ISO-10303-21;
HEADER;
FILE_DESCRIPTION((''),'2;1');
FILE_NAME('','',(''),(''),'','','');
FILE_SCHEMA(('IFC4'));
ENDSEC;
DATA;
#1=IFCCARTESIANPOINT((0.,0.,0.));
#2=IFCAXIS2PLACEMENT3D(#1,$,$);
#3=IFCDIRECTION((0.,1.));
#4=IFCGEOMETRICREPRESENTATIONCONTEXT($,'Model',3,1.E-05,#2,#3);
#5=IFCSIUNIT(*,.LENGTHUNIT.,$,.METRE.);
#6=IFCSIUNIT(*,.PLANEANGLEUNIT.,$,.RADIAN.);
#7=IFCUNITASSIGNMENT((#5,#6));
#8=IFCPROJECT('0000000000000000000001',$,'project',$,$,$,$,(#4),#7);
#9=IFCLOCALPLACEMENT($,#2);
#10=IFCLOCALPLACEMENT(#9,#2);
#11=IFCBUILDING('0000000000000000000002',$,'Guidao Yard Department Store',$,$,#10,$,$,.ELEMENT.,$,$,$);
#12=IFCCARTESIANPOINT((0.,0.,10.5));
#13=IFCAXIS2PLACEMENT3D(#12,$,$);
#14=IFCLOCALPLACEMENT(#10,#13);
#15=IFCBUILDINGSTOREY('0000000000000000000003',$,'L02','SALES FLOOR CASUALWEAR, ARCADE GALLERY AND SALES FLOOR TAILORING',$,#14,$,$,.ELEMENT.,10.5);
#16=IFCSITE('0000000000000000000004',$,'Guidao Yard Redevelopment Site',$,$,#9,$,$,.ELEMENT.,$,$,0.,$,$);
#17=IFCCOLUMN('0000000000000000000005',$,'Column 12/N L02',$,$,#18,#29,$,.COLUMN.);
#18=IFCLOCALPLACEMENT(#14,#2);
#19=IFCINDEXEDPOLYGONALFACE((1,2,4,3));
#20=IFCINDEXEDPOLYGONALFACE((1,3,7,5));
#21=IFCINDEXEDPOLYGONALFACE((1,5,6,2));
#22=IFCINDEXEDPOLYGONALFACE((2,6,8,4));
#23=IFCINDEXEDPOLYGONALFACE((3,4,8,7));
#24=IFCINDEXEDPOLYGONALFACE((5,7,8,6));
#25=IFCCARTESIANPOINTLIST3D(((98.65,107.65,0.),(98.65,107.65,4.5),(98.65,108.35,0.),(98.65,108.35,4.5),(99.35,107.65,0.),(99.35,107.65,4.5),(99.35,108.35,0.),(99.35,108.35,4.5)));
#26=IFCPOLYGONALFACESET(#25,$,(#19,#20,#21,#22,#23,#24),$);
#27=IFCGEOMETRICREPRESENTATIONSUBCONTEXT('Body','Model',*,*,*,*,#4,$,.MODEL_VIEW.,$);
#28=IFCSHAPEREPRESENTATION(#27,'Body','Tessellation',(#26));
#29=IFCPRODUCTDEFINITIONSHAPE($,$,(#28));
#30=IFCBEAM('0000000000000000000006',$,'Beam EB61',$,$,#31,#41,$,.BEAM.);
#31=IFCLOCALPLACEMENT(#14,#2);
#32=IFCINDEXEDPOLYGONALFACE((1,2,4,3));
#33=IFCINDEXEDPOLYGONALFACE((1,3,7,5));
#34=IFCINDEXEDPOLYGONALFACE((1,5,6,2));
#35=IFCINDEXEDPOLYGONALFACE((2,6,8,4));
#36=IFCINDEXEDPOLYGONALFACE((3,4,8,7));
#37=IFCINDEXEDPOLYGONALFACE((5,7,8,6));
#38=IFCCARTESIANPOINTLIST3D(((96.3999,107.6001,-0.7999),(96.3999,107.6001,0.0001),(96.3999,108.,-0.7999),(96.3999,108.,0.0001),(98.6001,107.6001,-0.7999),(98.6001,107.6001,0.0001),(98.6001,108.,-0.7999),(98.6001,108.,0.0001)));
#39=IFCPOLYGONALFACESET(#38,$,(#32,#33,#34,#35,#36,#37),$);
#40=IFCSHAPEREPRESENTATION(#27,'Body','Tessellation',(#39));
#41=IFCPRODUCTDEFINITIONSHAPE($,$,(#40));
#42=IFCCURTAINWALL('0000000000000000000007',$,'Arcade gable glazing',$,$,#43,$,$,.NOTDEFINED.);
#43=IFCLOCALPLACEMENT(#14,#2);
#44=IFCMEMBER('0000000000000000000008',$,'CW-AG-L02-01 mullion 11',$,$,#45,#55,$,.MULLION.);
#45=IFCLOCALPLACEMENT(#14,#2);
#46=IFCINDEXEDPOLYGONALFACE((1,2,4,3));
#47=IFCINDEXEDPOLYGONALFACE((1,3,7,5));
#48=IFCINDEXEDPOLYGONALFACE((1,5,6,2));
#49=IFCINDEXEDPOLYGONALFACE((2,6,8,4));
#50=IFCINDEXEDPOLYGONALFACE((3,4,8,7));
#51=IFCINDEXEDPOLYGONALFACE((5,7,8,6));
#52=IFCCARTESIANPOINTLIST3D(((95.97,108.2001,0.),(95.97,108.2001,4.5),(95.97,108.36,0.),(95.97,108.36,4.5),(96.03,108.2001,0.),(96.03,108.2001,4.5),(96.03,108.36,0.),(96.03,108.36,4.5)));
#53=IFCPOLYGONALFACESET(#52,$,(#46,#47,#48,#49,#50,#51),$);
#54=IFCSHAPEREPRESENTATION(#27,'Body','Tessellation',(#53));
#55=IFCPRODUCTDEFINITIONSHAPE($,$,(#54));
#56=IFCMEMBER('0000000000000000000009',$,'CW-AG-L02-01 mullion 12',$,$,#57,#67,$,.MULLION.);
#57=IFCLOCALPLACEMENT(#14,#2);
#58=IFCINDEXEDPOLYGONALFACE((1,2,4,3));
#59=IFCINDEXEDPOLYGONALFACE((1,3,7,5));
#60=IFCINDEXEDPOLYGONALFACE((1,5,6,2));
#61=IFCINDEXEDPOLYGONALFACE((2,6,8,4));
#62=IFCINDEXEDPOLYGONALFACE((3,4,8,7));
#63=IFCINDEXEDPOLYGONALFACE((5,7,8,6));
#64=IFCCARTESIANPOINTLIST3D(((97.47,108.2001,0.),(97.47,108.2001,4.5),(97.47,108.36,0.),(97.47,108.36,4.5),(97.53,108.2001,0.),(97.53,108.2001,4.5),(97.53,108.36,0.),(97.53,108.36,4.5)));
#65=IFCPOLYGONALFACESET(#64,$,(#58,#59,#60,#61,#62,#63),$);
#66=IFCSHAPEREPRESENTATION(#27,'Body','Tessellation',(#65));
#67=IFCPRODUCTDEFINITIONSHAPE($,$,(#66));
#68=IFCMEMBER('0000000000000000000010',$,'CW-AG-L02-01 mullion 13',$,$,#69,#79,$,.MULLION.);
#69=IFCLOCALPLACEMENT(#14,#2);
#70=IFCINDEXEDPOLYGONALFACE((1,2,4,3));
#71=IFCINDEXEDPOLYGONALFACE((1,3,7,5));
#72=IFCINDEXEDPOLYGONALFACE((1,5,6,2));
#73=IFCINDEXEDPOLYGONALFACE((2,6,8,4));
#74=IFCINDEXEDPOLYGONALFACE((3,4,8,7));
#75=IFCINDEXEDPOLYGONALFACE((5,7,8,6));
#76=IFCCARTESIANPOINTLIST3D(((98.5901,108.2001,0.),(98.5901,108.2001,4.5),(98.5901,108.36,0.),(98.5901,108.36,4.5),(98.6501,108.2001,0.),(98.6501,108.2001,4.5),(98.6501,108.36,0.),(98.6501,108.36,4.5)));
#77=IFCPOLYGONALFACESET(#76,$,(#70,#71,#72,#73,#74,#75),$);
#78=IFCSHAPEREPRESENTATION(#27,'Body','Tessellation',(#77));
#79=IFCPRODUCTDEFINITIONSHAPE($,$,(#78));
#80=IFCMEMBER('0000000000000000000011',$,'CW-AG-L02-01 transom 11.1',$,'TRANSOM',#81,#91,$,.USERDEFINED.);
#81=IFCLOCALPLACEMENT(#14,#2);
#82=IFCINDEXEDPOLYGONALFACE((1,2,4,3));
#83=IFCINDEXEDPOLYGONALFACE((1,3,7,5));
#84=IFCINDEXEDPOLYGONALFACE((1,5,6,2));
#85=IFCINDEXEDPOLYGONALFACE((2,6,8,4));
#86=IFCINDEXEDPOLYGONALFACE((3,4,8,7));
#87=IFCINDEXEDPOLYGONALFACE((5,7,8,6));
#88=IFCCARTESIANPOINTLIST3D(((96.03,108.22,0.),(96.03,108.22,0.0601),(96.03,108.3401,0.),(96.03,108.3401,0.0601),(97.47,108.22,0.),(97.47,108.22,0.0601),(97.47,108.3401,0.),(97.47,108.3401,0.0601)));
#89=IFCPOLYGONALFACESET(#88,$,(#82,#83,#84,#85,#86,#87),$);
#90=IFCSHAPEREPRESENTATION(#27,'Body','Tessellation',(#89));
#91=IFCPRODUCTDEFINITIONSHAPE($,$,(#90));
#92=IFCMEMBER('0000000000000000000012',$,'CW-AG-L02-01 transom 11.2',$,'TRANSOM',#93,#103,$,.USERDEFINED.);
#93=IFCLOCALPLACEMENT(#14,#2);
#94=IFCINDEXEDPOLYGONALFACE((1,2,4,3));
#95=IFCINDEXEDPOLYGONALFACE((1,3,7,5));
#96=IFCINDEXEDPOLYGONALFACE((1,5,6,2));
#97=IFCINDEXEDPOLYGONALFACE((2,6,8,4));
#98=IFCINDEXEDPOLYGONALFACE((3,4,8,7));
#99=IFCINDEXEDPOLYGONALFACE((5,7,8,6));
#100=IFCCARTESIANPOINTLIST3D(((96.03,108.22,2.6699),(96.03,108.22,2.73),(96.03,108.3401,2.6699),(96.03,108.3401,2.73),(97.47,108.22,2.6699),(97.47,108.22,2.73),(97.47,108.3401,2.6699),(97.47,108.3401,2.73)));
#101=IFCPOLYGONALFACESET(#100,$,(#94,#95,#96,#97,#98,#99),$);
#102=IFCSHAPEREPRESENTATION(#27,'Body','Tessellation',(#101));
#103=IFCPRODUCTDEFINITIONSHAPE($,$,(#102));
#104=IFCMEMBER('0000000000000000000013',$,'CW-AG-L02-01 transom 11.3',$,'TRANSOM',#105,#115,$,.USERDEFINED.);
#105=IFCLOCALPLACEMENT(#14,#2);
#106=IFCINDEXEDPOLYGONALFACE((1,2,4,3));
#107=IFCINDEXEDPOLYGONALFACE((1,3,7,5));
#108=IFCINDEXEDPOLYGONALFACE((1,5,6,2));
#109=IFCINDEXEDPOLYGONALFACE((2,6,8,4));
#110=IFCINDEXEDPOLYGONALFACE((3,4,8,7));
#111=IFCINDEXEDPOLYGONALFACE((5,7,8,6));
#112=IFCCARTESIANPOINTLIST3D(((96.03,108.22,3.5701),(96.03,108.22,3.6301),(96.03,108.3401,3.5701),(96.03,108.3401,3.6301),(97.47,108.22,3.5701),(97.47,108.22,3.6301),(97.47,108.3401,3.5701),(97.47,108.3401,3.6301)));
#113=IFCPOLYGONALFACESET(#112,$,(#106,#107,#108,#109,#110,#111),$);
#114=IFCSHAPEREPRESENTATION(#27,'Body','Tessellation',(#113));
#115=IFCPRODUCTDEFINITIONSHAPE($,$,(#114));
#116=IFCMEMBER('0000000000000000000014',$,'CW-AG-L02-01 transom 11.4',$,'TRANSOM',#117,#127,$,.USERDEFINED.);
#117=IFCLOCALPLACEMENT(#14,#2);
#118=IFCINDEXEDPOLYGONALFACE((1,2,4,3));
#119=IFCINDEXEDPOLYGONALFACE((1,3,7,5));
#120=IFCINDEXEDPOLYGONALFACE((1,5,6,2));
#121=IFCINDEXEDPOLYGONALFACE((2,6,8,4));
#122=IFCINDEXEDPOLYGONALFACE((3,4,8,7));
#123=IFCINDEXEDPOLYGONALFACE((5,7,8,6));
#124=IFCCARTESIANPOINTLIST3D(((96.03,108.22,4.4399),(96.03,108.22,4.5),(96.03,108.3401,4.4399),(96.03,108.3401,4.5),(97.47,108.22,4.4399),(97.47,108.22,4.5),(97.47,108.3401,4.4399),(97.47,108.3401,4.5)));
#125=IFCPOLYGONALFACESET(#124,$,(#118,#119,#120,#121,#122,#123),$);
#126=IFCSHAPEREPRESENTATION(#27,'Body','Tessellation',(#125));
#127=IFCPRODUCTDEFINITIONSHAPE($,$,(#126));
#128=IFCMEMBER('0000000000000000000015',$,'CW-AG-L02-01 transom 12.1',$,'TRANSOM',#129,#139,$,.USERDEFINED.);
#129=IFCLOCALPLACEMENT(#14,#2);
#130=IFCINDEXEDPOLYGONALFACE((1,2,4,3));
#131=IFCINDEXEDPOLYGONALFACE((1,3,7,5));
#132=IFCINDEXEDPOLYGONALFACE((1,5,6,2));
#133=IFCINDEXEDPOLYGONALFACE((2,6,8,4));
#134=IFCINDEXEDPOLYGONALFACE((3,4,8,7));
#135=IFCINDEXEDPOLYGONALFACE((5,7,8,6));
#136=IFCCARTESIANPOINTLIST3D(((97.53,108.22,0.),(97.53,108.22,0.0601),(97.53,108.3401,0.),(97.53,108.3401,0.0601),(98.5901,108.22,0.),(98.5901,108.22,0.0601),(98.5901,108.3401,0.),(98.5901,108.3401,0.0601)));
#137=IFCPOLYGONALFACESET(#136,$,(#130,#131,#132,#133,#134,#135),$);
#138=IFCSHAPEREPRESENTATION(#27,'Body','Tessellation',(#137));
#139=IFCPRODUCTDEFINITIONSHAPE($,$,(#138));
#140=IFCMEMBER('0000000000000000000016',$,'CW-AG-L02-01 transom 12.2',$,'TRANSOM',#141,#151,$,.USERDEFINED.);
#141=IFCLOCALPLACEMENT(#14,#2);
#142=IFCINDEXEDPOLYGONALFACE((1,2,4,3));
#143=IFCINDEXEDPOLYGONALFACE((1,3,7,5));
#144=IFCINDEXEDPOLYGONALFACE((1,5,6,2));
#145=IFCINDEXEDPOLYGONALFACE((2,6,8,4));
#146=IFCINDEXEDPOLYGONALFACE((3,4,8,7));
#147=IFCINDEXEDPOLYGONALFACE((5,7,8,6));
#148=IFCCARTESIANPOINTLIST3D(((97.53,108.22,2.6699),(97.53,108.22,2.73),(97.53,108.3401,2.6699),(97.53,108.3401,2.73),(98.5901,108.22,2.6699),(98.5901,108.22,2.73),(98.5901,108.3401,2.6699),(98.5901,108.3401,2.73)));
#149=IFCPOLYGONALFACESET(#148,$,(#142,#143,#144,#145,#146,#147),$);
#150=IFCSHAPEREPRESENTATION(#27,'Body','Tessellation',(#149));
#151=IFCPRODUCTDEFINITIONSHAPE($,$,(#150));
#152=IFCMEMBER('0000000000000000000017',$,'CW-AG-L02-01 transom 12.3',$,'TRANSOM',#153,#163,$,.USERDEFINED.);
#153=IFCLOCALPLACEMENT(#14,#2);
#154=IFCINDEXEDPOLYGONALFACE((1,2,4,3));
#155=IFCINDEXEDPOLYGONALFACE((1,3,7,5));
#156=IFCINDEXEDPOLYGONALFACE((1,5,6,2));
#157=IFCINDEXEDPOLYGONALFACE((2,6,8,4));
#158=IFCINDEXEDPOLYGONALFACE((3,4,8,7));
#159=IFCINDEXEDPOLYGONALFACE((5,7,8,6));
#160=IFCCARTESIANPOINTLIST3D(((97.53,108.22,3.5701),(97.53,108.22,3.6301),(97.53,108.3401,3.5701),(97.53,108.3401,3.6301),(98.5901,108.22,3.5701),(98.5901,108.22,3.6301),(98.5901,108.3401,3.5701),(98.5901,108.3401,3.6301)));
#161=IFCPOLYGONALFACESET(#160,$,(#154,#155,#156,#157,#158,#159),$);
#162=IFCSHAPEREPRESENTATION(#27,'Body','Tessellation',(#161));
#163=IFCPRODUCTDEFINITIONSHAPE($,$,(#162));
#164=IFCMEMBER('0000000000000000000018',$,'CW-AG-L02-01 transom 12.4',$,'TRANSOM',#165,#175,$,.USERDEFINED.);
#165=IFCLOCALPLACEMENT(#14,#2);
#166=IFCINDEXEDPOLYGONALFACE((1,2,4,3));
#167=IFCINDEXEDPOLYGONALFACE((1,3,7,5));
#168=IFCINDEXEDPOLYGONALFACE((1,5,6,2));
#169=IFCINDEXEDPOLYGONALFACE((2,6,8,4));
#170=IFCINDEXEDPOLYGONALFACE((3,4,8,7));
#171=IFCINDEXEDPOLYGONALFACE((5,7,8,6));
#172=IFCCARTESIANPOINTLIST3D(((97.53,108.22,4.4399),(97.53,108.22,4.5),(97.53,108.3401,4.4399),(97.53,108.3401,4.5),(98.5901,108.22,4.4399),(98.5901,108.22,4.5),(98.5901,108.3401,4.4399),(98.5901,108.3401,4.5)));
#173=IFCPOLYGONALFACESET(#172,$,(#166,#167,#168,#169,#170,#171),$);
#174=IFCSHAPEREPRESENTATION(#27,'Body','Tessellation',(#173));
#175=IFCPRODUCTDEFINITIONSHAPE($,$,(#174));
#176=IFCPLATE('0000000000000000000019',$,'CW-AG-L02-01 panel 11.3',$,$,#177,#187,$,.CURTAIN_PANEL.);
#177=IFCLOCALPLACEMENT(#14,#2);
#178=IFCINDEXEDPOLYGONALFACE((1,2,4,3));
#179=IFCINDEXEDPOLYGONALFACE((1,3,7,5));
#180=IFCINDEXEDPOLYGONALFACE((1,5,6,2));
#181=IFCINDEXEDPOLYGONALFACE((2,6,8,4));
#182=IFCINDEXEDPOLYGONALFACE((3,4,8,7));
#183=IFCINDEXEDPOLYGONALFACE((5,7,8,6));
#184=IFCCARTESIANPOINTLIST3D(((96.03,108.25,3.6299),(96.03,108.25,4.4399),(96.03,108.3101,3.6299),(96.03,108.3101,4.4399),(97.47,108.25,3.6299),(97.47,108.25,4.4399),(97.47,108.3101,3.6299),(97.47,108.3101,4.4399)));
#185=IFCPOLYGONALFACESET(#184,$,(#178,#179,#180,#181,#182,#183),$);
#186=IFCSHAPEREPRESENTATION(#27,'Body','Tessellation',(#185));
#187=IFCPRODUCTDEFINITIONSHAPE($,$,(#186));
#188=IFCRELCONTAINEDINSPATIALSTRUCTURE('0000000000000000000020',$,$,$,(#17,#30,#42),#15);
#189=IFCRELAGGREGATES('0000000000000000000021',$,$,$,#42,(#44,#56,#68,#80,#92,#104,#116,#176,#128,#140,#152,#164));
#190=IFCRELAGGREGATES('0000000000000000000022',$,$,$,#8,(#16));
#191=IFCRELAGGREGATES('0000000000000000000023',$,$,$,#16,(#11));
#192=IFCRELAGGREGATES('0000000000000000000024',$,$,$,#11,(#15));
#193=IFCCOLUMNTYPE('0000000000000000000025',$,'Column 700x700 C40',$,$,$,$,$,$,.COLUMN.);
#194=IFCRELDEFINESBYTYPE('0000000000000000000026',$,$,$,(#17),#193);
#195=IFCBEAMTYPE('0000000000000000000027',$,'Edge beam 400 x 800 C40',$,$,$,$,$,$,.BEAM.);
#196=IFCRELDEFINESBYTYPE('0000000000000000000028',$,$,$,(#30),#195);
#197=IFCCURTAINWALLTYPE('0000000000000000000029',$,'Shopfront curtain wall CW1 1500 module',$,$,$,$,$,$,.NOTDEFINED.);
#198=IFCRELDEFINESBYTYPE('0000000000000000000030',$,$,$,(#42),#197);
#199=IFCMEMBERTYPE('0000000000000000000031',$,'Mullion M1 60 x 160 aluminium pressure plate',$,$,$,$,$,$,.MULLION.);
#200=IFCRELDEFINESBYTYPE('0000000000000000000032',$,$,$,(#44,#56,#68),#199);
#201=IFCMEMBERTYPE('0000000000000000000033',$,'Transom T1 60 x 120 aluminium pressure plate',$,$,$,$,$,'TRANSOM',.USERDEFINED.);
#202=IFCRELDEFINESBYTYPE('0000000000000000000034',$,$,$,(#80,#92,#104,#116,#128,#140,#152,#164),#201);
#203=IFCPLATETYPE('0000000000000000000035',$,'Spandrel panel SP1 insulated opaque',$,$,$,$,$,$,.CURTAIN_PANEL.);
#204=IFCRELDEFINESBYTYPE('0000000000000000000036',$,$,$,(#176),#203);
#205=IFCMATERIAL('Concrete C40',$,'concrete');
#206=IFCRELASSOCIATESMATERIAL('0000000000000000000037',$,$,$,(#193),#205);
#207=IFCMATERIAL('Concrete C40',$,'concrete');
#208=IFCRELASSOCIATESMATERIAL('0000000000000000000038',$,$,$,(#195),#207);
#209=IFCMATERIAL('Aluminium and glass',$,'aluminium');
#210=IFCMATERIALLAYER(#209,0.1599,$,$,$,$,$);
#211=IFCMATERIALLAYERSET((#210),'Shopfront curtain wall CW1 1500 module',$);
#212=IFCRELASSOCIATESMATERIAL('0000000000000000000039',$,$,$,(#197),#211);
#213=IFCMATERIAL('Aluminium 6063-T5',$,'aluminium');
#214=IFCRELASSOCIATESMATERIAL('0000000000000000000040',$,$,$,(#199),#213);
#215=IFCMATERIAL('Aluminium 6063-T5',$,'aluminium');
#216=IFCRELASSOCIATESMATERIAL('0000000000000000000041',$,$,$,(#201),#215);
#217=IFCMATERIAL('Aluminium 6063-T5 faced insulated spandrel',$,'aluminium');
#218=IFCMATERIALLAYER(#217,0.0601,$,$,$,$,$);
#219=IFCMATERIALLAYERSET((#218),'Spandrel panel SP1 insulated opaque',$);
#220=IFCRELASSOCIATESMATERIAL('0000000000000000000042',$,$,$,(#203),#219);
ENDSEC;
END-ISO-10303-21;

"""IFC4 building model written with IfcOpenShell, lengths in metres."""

from ifc_helpers import new_model, si_unit, direction, frame, origin, origin_2d, place, context, subcontext, project, spatial, rectangle, extrude, material, layer, layer_set, material_profile, profile_set, type_object, element, aggregate, save


model = new_model("IFC4")

# Units and contexts
model_context = context("Model", 3, precision=1e-05, world=origin(), true_north=direction((0.0, 1.0)))
body_context = subcontext(model_context, "Body", "Model", "MODEL_VIEW")
ifc_project = project(units=[si_unit("LENGTHUNIT", "METRE"), si_unit("PLANEANGLEUNIT", "RADIAN")], contexts=[model_context])

# Site, building, storey
site_placement = place(None, origin())
site = spatial("IfcSite", under=ifc_project, at=site_placement, Name="Guidao Yard Redevelopment Site", CompositionType="ELEMENT", RefElevation=0.0)
building_placement = place(site_placement, origin())
building = spatial("IfcBuilding", under=site, at=building_placement, Name="Guidao Yard Department Store", CompositionType="ELEMENT")
storey_placement = place(building_placement, frame((0.0, 0.0, 10.5)))
storey = spatial("IfcBuildingStorey", under=building, at=storey_placement, Name="L02", Description="SALES FLOOR CASUALWEAR, ARCADE GALLERY AND SALES FLOOR TAILORING", CompositionType="ELEMENT", Elevation=10.5)

# Column
ifc_material_1 = material(Name="Concrete C40", Category="concrete")
ifc_material_profile_1 = material_profile(ifc_material_1, rectangle(XDim=0.7, YDim=0.7, at=origin_2d()), Name="COL 700x700")
ifc_profile_set_1 = profile_set([ifc_material_profile_1], Name="Concrete C40")
column_type = type_object("IfcColumnType", Name="Column 700x700 C40", PredefinedType="COLUMN", material=ifc_profile_set_1)
column_placement = place(storey_placement, frame((99.0, 108.0, 0.0), z_axis=(0.0, 0.0, 1.0), x_axis=(1.0, 0.0, 0.0)))
element("IfcColumn", 1, at=column_placement, inside=storey, type_object=column_type, Name="Column 12/N L02", PredefinedType="COLUMN", context=body_context, shape_type="SweptSolid", body=[
    extrude(rectangle(XDim=0.7, YDim=0.7, at=origin_2d()), origin(), (0.0, 0.0, 1.0), 4.5),
])

# Beam
ifc_material_2 = material(Name="Concrete C40", Category="concrete")
ifc_material_profile_2 = material_profile(ifc_material_2, rectangle(XDim=0.3999, YDim=0.8, at=origin_2d()), Name="Edge beam 400 x 800 C40")
ifc_profile_set_2 = profile_set([ifc_material_profile_2], Name="Concrete C40")
beam_type = type_object("IfcBeamType", Name="Edge beam 400 x 800 C40", PredefinedType="BEAM", material=ifc_profile_set_2)
beam_placement = place(storey_placement, frame((96.3999, 107.8, -0.3999), z_axis=(1.0, 0.0, 0.0), x_axis=(0.0, 1.0, 0.0)))
element("IfcBeam", 2, at=beam_placement, inside=storey, type_object=beam_type, Name="Beam EB61", PredefinedType="BEAM", context=body_context, shape_type="SweptSolid", body=[
    extrude(rectangle(XDim=0.3999, YDim=0.8, at=origin_2d()), origin(), (0.0, 0.0, 1.0), 2.2002),
])

# Curtain wall, members, plate
ifc_material_3 = material(Name="Aluminium and glass", Category="aluminium")
ifc_layer_1 = layer(ifc_material_3, 0.1599)
ifc_layer_set_1 = layer_set([ifc_layer_1], Name="Shopfront curtain wall CW1 1500 module")
curtain_wall_type = type_object("IfcCurtainWallType", Name="Shopfront curtain wall CW1 1500 module", PredefinedType="NOTDEFINED", material=ifc_layer_set_1)
curtain_wall_placement = place(storey_placement, origin())
curtain_wall = element("IfcCurtainWall", 3, at=curtain_wall_placement, inside=storey, type_object=curtain_wall_type, Name="Arcade gable glazing", PredefinedType="NOTDEFINED")
ifc_material_4 = material(Name="Aluminium 6063-T5", Category="aluminium")
ifc_material_profile_3 = material_profile(ifc_material_4, rectangle(XDim=0.0601, YDim=0.1599, at=origin_2d()), Name="Mullion M1 60 x 160 aluminium pressure plate")
ifc_profile_set_3 = profile_set([ifc_material_profile_3], Name="Aluminium 6063-T5")
member_type_1 = type_object("IfcMemberType", Name="Mullion M1 60 x 160 aluminium pressure plate", PredefinedType="MULLION", material=ifc_profile_set_3)
member_1_placement = place(storey_placement, frame((96.0, 108.28, 0.0), z_axis=(0.0, 0.0, 1.0), x_axis=(1.0, 0.0, 0.0)))
member_1 = element("IfcMember", 4, at=member_1_placement, type_object=member_type_1, Name="CW-AG-L02-01 mullion 11", PredefinedType="MULLION", context=body_context, shape_type="SweptSolid", body=[
    extrude(rectangle(XDim=0.0601, YDim=0.1599, at=origin_2d()), origin(), (0.0, 0.0, 1.0), 4.5),
])
member_2_placement = place(storey_placement, frame((97.5, 108.28, 0.0), z_axis=(0.0, 0.0, 1.0), x_axis=(1.0, 0.0, 0.0)))
member_2 = element("IfcMember", 5, at=member_2_placement, type_object=member_type_1, Name="CW-AG-L02-01 mullion 12", PredefinedType="MULLION", context=body_context, shape_type="SweptSolid", body=[
    extrude(rectangle(XDim=0.0601, YDim=0.1599, at=origin_2d()), origin(), (0.0, 0.0, 1.0), 4.5),
])
member_3_placement = place(storey_placement, frame((98.6201, 108.28, 0.0), z_axis=(0.0, 0.0, 1.0), x_axis=(1.0, 0.0, 0.0)))
member_3 = element("IfcMember", 6, at=member_3_placement, type_object=member_type_1, Name="CW-AG-L02-01 mullion 13", PredefinedType="MULLION", context=body_context, shape_type="SweptSolid", body=[
    extrude(rectangle(XDim=0.0601, YDim=0.1599, at=origin_2d()), origin(), (0.0, 0.0, 1.0), 4.5),
])
ifc_material_5 = material(Name="Aluminium 6063-T5", Category="aluminium")
ifc_material_profile_4 = material_profile(ifc_material_5, rectangle(XDim=0.1201, YDim=0.0601, at=origin_2d()), Name="Transom T1 60 x 120 aluminium pressure plate")
ifc_profile_set_4 = profile_set([ifc_material_profile_4], Name="Aluminium 6063-T5")
member_type_2 = type_object("IfcMemberType", Name="Transom T1 60 x 120 aluminium pressure plate", ElementType="TRANSOM", PredefinedType="USERDEFINED", material=ifc_profile_set_4)
member_4_placement = place(storey_placement, frame((96.03, 108.28, 0.03), z_axis=(1.0, 0.0, 0.0), x_axis=(0.0, 1.0, 0.0)))
member_4 = element("IfcMember", 7, at=member_4_placement, type_object=member_type_2, Name="CW-AG-L02-01 transom 11.1", ObjectType="TRANSOM", PredefinedType="USERDEFINED", context=body_context, shape_type="SweptSolid", body=[
    extrude(rectangle(XDim=0.1201, YDim=0.0601, at=origin_2d()), origin(), (0.0, 0.0, 1.0), 1.4399),
])
member_5_placement = place(storey_placement, frame((96.03, 108.28, 2.7), z_axis=(1.0, 0.0, 0.0), x_axis=(0.0, 1.0, 0.0)))
member_5 = element("IfcMember", 8, at=member_5_placement, type_object=member_type_2, Name="CW-AG-L02-01 transom 11.2", ObjectType="TRANSOM", PredefinedType="USERDEFINED", context=body_context, shape_type="SweptSolid", body=[
    extrude(rectangle(XDim=0.1201, YDim=0.0601, at=origin_2d()), origin(), (0.0, 0.0, 1.0), 1.4399),
])
member_6_placement = place(storey_placement, frame((96.03, 108.28, 3.6001), z_axis=(1.0, 0.0, 0.0), x_axis=(0.0, 1.0, 0.0)))
member_6 = element("IfcMember", 9, at=member_6_placement, type_object=member_type_2, Name="CW-AG-L02-01 transom 11.3", ObjectType="TRANSOM", PredefinedType="USERDEFINED", context=body_context, shape_type="SweptSolid", body=[
    extrude(rectangle(XDim=0.1201, YDim=0.0601, at=origin_2d()), origin(), (0.0, 0.0, 1.0), 1.4399),
])
member_7_placement = place(storey_placement, frame((96.03, 108.28, 4.47), z_axis=(1.0, 0.0, 0.0), x_axis=(0.0, 1.0, 0.0)))
member_7 = element("IfcMember", 10, at=member_7_placement, type_object=member_type_2, Name="CW-AG-L02-01 transom 11.4", ObjectType="TRANSOM", PredefinedType="USERDEFINED", context=body_context, shape_type="SweptSolid", body=[
    extrude(rectangle(XDim=0.1201, YDim=0.0601, at=origin_2d()), origin(), (0.0, 0.0, 1.0), 1.4399),
])
member_8_placement = place(storey_placement, frame((97.53, 108.28, 0.03), z_axis=(1.0, 0.0, 0.0), x_axis=(0.0, 1.0, 0.0)))
member_8 = element("IfcMember", 11, at=member_8_placement, type_object=member_type_2, Name="CW-AG-L02-01 transom 12.1", ObjectType="TRANSOM", PredefinedType="USERDEFINED", context=body_context, shape_type="SweptSolid", body=[
    extrude(rectangle(XDim=0.1201, YDim=0.0601, at=origin_2d()), origin(), (0.0, 0.0, 1.0), 1.0601),
])
member_9_placement = place(storey_placement, frame((97.53, 108.28, 2.7), z_axis=(1.0, 0.0, 0.0), x_axis=(0.0, 1.0, 0.0)))
member_9 = element("IfcMember", 12, at=member_9_placement, type_object=member_type_2, Name="CW-AG-L02-01 transom 12.2", ObjectType="TRANSOM", PredefinedType="USERDEFINED", context=body_context, shape_type="SweptSolid", body=[
    extrude(rectangle(XDim=0.1201, YDim=0.0601, at=origin_2d()), origin(), (0.0, 0.0, 1.0), 1.0601),
])
member_10_placement = place(storey_placement, frame((97.53, 108.28, 3.6001), z_axis=(1.0, 0.0, 0.0), x_axis=(0.0, 1.0, 0.0)))
member_10 = element("IfcMember", 13, at=member_10_placement, type_object=member_type_2, Name="CW-AG-L02-01 transom 12.3", ObjectType="TRANSOM", PredefinedType="USERDEFINED", context=body_context, shape_type="SweptSolid", body=[
    extrude(rectangle(XDim=0.1201, YDim=0.0601, at=origin_2d()), origin(), (0.0, 0.0, 1.0), 1.0601),
])
member_11_placement = place(storey_placement, frame((97.53, 108.28, 4.47), z_axis=(1.0, 0.0, 0.0), x_axis=(0.0, 1.0, 0.0)))
member_11 = element("IfcMember", 14, at=member_11_placement, type_object=member_type_2, Name="CW-AG-L02-01 transom 12.4", ObjectType="TRANSOM", PredefinedType="USERDEFINED", context=body_context, shape_type="SweptSolid", body=[
    extrude(rectangle(XDim=0.1201, YDim=0.0601, at=origin_2d()), origin(), (0.0, 0.0, 1.0), 1.0601),
])
ifc_material_6 = material(Name="Aluminium 6063-T5 faced insulated spandrel", Category="aluminium")
ifc_layer_2 = layer(ifc_material_6, 0.0601)
ifc_layer_set_2 = layer_set([ifc_layer_2], Name="Spandrel panel SP1 insulated opaque")
plate_type_1 = type_object("IfcPlateType", Name="Spandrel panel SP1 insulated opaque", PredefinedType="CURTAIN_PANEL", material=ifc_layer_set_2)
plate_1_placement = place(storey_placement, frame((96.75, 108.28, 3.6299), z_axis=(0.0, 0.0, 1.0), x_axis=(1.0, 0.0, 0.0)))
plate_1 = element("IfcPlate", 15, at=plate_1_placement, type_object=plate_type_1, Name="CW-AG-L02-01 panel 11.3", PredefinedType="CURTAIN_PANEL", context=body_context, shape_type="SweptSolid", body=[
    extrude(rectangle(XDim=1.4399, YDim=0.0601, at=origin_2d()), origin(), (0.0, 0.0, 1.0), 0.8101),
])
aggregate(curtain_wall, [member_1, member_2, member_3, member_4, member_5, member_6, member_7, plate_1, member_8, member_9, member_10, member_11])

save(model, "model.ifc")
